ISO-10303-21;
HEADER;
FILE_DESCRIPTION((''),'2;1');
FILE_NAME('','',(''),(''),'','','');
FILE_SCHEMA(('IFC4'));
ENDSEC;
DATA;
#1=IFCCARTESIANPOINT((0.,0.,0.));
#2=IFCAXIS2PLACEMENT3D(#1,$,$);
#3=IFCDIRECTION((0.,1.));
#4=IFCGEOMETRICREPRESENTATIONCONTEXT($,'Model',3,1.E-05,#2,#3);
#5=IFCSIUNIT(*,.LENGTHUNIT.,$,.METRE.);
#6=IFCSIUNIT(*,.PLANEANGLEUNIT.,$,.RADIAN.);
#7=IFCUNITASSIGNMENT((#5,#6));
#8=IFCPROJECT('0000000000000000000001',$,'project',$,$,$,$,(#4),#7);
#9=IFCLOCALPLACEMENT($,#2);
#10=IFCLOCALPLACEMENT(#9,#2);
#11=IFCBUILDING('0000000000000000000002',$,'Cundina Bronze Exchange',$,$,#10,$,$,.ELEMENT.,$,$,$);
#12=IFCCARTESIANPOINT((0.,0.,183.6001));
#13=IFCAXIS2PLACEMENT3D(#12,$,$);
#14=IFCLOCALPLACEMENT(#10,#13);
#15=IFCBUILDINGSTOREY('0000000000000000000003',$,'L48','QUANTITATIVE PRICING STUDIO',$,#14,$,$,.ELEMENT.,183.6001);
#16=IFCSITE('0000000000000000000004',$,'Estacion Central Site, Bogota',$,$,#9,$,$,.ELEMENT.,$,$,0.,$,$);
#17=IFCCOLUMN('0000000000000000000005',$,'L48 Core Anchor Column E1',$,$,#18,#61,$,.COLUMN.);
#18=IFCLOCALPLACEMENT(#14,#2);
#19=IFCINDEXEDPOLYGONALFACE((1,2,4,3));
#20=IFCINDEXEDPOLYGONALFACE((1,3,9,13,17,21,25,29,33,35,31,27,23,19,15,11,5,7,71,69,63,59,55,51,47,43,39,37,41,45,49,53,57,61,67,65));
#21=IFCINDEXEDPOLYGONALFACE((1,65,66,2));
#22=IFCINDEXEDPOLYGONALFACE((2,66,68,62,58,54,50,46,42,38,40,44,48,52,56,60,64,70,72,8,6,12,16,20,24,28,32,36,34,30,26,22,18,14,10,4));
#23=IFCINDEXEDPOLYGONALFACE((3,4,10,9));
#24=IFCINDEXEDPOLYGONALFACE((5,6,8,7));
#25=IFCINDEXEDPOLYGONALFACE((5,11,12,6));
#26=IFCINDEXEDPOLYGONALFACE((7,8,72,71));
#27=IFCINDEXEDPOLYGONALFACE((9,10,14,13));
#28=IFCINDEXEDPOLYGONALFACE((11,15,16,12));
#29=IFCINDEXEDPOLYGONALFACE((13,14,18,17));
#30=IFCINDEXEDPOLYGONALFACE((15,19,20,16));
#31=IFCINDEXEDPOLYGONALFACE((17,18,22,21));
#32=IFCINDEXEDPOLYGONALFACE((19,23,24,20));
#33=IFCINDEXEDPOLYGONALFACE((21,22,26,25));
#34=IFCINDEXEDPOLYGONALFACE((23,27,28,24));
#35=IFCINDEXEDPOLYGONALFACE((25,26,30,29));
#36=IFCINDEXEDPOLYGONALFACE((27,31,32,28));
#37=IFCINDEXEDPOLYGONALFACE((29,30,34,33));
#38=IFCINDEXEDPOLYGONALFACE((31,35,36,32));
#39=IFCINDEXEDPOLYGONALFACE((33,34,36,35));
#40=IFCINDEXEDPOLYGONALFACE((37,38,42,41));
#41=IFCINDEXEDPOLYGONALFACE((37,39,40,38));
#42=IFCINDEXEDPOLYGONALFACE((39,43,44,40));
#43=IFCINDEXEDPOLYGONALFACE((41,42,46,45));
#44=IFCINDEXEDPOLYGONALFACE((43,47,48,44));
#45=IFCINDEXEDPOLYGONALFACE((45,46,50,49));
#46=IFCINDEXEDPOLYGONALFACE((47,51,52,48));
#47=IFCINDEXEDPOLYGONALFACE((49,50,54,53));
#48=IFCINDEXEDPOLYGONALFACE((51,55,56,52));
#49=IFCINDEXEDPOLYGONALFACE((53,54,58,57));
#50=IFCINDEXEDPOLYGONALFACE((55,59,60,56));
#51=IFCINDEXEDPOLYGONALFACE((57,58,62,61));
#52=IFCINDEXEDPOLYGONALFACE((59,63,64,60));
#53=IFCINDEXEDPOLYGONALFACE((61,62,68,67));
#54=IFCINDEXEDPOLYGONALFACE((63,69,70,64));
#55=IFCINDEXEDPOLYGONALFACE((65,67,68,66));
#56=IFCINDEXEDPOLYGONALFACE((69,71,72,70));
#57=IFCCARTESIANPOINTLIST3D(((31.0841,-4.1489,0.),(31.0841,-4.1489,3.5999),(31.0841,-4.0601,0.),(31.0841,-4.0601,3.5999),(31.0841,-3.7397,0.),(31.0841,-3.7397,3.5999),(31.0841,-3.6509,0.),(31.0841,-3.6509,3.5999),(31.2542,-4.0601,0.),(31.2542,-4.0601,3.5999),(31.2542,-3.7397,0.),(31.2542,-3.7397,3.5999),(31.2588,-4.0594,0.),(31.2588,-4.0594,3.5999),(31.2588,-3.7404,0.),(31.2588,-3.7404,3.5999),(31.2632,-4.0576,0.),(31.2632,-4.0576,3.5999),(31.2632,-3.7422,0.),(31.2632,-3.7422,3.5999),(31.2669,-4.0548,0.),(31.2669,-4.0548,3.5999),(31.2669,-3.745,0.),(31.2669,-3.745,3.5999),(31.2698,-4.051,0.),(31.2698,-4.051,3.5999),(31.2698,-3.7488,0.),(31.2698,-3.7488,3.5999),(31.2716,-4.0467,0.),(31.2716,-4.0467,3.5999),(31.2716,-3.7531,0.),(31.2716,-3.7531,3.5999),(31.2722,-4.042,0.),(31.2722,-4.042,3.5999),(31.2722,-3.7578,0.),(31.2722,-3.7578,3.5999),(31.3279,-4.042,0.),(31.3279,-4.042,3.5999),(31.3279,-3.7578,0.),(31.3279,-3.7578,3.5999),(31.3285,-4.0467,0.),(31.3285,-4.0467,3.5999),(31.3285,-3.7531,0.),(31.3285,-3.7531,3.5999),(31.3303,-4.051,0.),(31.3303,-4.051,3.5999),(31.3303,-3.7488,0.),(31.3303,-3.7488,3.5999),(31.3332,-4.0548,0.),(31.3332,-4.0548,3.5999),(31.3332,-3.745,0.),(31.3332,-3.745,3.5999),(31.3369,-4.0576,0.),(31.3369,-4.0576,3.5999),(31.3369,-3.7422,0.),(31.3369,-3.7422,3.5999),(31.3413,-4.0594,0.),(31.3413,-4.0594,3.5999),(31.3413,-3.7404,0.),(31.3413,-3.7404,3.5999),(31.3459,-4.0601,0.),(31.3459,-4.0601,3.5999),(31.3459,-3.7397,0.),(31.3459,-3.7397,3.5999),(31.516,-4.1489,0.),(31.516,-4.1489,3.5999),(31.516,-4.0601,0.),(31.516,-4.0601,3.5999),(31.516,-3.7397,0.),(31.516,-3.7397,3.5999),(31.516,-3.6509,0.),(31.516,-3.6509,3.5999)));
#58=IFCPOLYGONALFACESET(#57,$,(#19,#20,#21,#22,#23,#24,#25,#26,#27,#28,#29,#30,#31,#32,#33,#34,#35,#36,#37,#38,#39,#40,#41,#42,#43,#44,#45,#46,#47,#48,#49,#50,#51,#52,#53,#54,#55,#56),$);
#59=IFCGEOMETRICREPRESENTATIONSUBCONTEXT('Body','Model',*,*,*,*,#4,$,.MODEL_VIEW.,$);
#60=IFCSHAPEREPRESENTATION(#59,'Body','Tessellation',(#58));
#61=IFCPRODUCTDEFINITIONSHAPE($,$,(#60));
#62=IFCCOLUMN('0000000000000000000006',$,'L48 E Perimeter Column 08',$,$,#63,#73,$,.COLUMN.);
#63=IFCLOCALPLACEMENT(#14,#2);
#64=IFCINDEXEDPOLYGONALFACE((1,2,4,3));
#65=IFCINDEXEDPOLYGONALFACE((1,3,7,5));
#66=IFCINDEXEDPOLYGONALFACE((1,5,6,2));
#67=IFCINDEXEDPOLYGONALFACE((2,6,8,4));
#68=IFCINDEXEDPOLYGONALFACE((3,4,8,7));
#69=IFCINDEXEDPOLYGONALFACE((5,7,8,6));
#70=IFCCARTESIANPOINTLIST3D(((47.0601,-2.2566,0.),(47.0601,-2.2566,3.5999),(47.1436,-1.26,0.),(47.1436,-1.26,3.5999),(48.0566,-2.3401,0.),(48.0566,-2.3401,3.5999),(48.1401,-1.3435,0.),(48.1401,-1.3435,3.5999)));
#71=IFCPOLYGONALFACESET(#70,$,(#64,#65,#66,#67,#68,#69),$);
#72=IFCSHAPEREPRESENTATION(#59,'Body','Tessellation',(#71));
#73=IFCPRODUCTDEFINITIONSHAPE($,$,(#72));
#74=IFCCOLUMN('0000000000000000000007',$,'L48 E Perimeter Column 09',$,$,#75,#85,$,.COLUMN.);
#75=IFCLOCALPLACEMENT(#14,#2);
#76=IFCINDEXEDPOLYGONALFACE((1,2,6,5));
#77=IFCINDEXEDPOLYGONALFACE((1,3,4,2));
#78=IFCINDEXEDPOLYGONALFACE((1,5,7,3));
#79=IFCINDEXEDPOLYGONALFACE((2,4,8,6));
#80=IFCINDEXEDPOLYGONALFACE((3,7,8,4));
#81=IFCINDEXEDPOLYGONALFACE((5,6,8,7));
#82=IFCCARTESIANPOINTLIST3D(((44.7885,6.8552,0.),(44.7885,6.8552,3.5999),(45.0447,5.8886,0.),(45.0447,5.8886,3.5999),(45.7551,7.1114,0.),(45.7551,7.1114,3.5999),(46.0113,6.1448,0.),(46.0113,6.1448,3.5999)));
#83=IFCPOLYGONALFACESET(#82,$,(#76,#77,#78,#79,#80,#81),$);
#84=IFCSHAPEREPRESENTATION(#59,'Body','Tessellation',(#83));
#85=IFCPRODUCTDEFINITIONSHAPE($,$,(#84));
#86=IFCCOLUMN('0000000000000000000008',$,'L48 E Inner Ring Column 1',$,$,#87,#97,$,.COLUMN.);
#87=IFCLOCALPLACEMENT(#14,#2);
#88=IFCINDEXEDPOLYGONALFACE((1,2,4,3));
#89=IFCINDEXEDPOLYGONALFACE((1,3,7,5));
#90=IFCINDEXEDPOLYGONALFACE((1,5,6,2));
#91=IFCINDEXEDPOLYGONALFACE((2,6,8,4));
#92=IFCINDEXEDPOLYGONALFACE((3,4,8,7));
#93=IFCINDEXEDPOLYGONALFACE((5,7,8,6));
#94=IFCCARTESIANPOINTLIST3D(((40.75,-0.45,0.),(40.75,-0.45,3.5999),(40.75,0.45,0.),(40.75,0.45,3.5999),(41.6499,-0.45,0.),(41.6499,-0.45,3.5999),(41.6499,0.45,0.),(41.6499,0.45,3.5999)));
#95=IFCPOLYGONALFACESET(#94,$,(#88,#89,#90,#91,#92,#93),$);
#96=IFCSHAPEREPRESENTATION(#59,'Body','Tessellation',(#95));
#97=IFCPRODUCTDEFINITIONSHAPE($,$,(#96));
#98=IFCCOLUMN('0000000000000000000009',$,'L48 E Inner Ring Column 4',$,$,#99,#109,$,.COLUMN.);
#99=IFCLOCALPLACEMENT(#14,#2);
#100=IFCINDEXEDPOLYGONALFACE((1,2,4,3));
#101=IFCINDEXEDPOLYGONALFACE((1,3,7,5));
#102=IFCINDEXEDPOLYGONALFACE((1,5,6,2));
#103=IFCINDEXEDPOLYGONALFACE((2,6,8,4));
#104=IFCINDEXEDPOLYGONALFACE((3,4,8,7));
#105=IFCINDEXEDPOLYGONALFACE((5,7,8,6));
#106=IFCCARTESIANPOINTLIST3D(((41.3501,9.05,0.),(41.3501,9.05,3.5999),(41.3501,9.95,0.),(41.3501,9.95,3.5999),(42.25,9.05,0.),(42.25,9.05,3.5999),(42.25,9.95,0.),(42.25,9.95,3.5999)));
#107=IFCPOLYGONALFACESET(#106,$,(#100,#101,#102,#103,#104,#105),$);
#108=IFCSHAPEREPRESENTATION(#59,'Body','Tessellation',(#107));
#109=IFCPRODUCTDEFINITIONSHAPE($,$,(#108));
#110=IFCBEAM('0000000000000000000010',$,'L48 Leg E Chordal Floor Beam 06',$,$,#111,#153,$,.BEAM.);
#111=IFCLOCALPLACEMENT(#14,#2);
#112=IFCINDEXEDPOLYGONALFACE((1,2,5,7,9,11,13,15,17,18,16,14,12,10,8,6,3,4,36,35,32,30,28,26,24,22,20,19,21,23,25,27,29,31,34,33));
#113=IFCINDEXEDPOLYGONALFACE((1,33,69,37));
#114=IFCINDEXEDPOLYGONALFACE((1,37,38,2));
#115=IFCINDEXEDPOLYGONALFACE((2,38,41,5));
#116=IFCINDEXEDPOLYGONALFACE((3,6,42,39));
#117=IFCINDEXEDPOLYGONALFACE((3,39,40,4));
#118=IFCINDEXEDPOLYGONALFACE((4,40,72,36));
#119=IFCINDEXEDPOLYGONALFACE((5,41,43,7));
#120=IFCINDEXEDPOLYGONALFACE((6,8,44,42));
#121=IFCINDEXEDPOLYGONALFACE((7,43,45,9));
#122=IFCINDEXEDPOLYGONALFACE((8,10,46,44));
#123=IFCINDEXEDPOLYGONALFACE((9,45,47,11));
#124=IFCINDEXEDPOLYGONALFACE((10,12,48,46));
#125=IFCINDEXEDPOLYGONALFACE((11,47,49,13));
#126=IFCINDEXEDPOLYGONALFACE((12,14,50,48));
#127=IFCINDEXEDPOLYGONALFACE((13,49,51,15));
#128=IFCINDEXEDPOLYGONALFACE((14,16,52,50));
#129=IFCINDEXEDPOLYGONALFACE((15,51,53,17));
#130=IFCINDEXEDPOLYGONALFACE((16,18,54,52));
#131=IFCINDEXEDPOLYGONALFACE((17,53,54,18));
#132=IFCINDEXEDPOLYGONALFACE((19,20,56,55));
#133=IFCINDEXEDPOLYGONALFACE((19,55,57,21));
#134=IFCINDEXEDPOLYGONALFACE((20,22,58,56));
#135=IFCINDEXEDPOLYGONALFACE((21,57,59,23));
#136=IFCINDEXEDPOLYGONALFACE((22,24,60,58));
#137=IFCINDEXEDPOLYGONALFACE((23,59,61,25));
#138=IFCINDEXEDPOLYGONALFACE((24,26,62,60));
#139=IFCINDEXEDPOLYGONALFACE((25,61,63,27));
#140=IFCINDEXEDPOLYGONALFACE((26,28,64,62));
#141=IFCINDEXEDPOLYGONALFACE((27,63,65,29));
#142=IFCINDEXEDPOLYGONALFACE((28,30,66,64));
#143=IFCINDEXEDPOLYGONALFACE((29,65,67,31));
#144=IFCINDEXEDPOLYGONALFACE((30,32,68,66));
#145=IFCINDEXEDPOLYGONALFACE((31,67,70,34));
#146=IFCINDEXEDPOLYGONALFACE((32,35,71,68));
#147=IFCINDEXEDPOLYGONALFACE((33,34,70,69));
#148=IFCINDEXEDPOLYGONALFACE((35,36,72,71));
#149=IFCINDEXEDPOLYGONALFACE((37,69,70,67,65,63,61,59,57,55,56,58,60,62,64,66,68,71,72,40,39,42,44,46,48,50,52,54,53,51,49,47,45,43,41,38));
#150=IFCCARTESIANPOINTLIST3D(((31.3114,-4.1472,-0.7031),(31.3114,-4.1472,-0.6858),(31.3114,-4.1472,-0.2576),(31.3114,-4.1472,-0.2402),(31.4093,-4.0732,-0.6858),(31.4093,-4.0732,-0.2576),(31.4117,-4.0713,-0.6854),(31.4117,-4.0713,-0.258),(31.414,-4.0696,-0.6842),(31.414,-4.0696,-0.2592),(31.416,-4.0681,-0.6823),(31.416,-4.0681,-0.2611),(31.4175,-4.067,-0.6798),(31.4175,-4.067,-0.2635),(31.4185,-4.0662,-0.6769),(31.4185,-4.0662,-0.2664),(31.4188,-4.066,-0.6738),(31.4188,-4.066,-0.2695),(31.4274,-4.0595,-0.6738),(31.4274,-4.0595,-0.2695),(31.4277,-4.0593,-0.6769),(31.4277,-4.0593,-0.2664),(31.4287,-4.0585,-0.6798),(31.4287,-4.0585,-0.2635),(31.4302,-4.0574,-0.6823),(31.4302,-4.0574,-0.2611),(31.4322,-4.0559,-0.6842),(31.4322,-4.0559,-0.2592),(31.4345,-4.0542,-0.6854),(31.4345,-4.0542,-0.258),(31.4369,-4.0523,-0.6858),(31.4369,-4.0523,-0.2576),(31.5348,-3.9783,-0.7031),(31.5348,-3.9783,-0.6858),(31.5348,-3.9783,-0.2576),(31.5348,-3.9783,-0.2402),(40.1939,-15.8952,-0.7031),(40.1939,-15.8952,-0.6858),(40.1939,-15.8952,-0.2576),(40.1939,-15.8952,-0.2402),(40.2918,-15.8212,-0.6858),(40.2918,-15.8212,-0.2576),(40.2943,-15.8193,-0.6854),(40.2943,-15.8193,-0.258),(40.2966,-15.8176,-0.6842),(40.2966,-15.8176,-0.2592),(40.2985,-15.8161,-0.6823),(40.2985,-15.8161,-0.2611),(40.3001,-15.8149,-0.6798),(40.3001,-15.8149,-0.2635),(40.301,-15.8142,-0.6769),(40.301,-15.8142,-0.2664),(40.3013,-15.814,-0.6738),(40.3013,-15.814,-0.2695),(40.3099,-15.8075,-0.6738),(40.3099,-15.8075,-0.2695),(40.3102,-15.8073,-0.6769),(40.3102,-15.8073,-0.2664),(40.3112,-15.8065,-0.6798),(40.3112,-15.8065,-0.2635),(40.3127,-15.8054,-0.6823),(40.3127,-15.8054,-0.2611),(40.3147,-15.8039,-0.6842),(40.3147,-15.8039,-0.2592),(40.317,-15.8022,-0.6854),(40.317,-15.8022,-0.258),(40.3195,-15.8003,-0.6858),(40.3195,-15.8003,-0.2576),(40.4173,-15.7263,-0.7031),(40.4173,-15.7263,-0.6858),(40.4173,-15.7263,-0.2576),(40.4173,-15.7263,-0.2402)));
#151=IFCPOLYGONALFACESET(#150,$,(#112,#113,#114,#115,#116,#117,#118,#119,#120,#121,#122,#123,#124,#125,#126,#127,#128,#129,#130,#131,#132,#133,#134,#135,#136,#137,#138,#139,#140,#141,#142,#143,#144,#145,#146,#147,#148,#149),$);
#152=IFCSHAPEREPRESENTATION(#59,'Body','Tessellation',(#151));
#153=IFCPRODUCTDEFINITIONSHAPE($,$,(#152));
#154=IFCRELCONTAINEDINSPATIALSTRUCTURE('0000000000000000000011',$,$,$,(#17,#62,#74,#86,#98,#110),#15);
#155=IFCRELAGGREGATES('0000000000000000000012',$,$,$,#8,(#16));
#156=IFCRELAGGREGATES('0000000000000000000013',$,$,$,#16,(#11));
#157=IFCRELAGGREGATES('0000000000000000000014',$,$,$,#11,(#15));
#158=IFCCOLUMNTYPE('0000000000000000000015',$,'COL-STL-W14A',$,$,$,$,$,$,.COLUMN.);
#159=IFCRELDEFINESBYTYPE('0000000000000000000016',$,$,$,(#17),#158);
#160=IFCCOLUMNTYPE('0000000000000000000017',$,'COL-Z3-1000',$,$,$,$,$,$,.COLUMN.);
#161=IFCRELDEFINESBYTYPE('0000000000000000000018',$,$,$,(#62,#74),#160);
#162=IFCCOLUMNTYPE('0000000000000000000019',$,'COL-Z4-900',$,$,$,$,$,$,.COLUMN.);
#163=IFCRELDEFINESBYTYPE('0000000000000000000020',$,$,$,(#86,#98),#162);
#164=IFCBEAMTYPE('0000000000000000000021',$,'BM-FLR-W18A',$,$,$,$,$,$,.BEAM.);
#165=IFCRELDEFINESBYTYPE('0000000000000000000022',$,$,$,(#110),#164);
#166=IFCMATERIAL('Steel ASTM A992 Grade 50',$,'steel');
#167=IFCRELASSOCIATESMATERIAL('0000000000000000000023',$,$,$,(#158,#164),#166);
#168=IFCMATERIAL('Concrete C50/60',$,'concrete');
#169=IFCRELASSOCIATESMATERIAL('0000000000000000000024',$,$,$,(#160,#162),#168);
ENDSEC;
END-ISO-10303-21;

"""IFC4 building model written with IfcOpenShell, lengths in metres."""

from ifc_helpers import new_model, si_unit, direction, frame, origin, origin_2d, place, context, subcontext, project, spatial, rectangle, i_section, extrude, material, material_profile, profile_set, type_object, element, save


model = new_model("IFC4")

# Units and contexts
model_context = context("Model", 3, precision=1e-05, world=origin(), true_north=direction((0.0, 1.0)))
body_context = subcontext(model_context, "Body", "Model", "MODEL_VIEW")
ifc_project = project(units=[si_unit("LENGTHUNIT", "METRE"), si_unit("PLANEANGLEUNIT", "RADIAN")], contexts=[model_context])

# Site, building, storey
site_placement = place(None, origin())
site = spatial("IfcSite", under=ifc_project, at=site_placement, Name="Estacion Central Site, Bogota", CompositionType="ELEMENT", RefElevation=0.0)
building_placement = place(site_placement, origin())
building = spatial("IfcBuilding", under=site, at=building_placement, Name="Cundina Bronze Exchange", CompositionType="ELEMENT")
storey_placement = place(building_placement, frame((0.0, 0.0, 183.6001)))
storey = spatial("IfcBuildingStorey", under=building, at=storey_placement, Name="L48", Description="QUANTITATIVE PRICING STUDIO", CompositionType="ELEMENT", Elevation=183.6001)

# Columns
ifc_material_1 = material(Name="Steel ASTM A992 Grade 50", Category="steel")
ifc_material_profile_1 = material_profile(ifc_material_1, i_section(OverallWidth=0.4319, OverallDepth=0.498, WebThickness=0.0557, FlangeThickness=0.0889, FilletRadius=0.0181, at=origin_2d()), Name="W14X500", Category="steel")
ifc_profile_set_1 = profile_set([ifc_material_profile_1], Name="Steel ASTM A992 Grade 50")
column_type_1 = type_object("IfcColumnType", Name="COL-STL-W14A", PredefinedType="COLUMN", material=ifc_profile_set_1)
column_placement = place(storey_placement, frame((31.3, -3.8999, 0.0), z_axis=(0.0, 0.0, 1.0), x_axis=(1.0, 0.0, 0.0)))
element("IfcColumn", 1, at=column_placement, inside=storey, type_object=column_type_1, Name="L48 Core Anchor Column E1", PredefinedType="COLUMN", context=body_context, shape_type="SweptSolid", body=[
    extrude(i_section(OverallWidth=0.4319, OverallDepth=0.498, WebThickness=0.0557, FlangeThickness=0.0889, FilletRadius=0.0181, at=origin_2d()), origin(), (0.0, 0.0, 1.0), 3.5999),
])
ifc_material_2 = material(Name="Concrete C50/60", Category="concrete")
ifc_material_profile_2 = material_profile(ifc_material_2, rectangle(XDim=1.0, YDim=1.0, at=origin_2d()), Name="RC1000X1000", Category="concrete")
ifc_profile_set_2 = profile_set([ifc_material_profile_2], Name="Concrete C50/60")
column_type_2 = type_object("IfcColumnType", Name="COL-Z3-1000", PredefinedType="COLUMN", material=ifc_profile_set_2)
for number, where, z_axis, x_axis, name in (
    (2, (47.6001, -1.8, 0.0), (0.0, 0.0, 1.0), (0.083504, 0.996507, 0.0), "L48 E Perimeter Column 08"),
    (3, (45.3999, 6.5, 0.0), (0.0, 0.0, 1.0), (-0.256289, 0.9666, 0.0), "L48 E Perimeter Column 09"),
):
    element("IfcColumn", number, at=place(storey_placement, frame(where, z_axis=z_axis, x_axis=x_axis)), inside=storey, type_object=column_type_2, Name=name, PredefinedType="COLUMN", context=body_context, shape_type="SweptSolid", body=[
        extrude(rectangle(XDim=1.0, YDim=1.0, at=origin_2d()), origin(), (0.0, 0.0, 1.0), 3.5999),
    ])
ifc_material_profile_3 = material_profile(ifc_material_2, rectangle(XDim=0.8999, YDim=0.8999, at=origin_2d()), Name="RC900X900", Category="concrete")
ifc_profile_set_3 = profile_set([ifc_material_profile_3], Name="Concrete C50/60")
column_type_3 = type_object("IfcColumnType", Name="COL-Z4-900", PredefinedType="COLUMN", material=ifc_profile_set_3)
for number, where, z_axis, x_axis, name in (
    (4, (41.2, 0.0, 0.0), (0.0, 0.0, 1.0), (1.0, 0.0, 0.0), "L48 E Inner Ring Column 1"),
    (5, (41.8, 9.5, 0.0), (0.0, 0.0, 1.0), (1.0, 0.0, 0.0), "L48 E Inner Ring Column 4"),
):
    element("IfcColumn", number, at=place(storey_placement, frame(where, z_axis=z_axis, x_axis=x_axis)), inside=storey, type_object=column_type_3, Name=name, PredefinedType="COLUMN", context=body_context, shape_type="SweptSolid", body=[
        extrude(rectangle(XDim=0.8999, YDim=0.8999, at=origin_2d()), origin(), (0.0, 0.0, 1.0), 3.5999),
    ])

# Beam
ifc_material_profile_4 = material_profile(ifc_material_1, i_section(OverallWidth=0.28, OverallDepth=0.4629, WebThickness=0.0107, FlangeThickness=0.0173, FilletRadius=0.012, at=origin_2d()), Name="W18X76", Category="steel")
ifc_profile_set_4 = profile_set([ifc_material_profile_4], Name="Steel ASTM A992 Grade 50")
beam_type_1 = type_object("IfcBeamType", Name="BM-FLR-W18A", PredefinedType="BEAM", material=ifc_profile_set_4)
beam_1_placement = place(storey_placement, frame((31.4231, -4.0627, -0.4717), z_axis=(0.603104, -0.797663, 0.0), x_axis=(0.797663, 0.603104, 0.0)))
element("IfcBeam", 6, at=beam_1_placement, inside=storey, type_object=beam_type_1, Name="L48 Leg E Chordal Floor Beam 06", PredefinedType="BEAM", context=body_context, shape_type="SweptSolid", body=[
    extrude(i_section(OverallWidth=0.28, OverallDepth=0.4629, WebThickness=0.0107, FlangeThickness=0.0173, FilletRadius=0.012, at=origin_2d()), origin(), (0.0, 0.0, 1.0), 14.728),
])

save(model, "model.ifc")
